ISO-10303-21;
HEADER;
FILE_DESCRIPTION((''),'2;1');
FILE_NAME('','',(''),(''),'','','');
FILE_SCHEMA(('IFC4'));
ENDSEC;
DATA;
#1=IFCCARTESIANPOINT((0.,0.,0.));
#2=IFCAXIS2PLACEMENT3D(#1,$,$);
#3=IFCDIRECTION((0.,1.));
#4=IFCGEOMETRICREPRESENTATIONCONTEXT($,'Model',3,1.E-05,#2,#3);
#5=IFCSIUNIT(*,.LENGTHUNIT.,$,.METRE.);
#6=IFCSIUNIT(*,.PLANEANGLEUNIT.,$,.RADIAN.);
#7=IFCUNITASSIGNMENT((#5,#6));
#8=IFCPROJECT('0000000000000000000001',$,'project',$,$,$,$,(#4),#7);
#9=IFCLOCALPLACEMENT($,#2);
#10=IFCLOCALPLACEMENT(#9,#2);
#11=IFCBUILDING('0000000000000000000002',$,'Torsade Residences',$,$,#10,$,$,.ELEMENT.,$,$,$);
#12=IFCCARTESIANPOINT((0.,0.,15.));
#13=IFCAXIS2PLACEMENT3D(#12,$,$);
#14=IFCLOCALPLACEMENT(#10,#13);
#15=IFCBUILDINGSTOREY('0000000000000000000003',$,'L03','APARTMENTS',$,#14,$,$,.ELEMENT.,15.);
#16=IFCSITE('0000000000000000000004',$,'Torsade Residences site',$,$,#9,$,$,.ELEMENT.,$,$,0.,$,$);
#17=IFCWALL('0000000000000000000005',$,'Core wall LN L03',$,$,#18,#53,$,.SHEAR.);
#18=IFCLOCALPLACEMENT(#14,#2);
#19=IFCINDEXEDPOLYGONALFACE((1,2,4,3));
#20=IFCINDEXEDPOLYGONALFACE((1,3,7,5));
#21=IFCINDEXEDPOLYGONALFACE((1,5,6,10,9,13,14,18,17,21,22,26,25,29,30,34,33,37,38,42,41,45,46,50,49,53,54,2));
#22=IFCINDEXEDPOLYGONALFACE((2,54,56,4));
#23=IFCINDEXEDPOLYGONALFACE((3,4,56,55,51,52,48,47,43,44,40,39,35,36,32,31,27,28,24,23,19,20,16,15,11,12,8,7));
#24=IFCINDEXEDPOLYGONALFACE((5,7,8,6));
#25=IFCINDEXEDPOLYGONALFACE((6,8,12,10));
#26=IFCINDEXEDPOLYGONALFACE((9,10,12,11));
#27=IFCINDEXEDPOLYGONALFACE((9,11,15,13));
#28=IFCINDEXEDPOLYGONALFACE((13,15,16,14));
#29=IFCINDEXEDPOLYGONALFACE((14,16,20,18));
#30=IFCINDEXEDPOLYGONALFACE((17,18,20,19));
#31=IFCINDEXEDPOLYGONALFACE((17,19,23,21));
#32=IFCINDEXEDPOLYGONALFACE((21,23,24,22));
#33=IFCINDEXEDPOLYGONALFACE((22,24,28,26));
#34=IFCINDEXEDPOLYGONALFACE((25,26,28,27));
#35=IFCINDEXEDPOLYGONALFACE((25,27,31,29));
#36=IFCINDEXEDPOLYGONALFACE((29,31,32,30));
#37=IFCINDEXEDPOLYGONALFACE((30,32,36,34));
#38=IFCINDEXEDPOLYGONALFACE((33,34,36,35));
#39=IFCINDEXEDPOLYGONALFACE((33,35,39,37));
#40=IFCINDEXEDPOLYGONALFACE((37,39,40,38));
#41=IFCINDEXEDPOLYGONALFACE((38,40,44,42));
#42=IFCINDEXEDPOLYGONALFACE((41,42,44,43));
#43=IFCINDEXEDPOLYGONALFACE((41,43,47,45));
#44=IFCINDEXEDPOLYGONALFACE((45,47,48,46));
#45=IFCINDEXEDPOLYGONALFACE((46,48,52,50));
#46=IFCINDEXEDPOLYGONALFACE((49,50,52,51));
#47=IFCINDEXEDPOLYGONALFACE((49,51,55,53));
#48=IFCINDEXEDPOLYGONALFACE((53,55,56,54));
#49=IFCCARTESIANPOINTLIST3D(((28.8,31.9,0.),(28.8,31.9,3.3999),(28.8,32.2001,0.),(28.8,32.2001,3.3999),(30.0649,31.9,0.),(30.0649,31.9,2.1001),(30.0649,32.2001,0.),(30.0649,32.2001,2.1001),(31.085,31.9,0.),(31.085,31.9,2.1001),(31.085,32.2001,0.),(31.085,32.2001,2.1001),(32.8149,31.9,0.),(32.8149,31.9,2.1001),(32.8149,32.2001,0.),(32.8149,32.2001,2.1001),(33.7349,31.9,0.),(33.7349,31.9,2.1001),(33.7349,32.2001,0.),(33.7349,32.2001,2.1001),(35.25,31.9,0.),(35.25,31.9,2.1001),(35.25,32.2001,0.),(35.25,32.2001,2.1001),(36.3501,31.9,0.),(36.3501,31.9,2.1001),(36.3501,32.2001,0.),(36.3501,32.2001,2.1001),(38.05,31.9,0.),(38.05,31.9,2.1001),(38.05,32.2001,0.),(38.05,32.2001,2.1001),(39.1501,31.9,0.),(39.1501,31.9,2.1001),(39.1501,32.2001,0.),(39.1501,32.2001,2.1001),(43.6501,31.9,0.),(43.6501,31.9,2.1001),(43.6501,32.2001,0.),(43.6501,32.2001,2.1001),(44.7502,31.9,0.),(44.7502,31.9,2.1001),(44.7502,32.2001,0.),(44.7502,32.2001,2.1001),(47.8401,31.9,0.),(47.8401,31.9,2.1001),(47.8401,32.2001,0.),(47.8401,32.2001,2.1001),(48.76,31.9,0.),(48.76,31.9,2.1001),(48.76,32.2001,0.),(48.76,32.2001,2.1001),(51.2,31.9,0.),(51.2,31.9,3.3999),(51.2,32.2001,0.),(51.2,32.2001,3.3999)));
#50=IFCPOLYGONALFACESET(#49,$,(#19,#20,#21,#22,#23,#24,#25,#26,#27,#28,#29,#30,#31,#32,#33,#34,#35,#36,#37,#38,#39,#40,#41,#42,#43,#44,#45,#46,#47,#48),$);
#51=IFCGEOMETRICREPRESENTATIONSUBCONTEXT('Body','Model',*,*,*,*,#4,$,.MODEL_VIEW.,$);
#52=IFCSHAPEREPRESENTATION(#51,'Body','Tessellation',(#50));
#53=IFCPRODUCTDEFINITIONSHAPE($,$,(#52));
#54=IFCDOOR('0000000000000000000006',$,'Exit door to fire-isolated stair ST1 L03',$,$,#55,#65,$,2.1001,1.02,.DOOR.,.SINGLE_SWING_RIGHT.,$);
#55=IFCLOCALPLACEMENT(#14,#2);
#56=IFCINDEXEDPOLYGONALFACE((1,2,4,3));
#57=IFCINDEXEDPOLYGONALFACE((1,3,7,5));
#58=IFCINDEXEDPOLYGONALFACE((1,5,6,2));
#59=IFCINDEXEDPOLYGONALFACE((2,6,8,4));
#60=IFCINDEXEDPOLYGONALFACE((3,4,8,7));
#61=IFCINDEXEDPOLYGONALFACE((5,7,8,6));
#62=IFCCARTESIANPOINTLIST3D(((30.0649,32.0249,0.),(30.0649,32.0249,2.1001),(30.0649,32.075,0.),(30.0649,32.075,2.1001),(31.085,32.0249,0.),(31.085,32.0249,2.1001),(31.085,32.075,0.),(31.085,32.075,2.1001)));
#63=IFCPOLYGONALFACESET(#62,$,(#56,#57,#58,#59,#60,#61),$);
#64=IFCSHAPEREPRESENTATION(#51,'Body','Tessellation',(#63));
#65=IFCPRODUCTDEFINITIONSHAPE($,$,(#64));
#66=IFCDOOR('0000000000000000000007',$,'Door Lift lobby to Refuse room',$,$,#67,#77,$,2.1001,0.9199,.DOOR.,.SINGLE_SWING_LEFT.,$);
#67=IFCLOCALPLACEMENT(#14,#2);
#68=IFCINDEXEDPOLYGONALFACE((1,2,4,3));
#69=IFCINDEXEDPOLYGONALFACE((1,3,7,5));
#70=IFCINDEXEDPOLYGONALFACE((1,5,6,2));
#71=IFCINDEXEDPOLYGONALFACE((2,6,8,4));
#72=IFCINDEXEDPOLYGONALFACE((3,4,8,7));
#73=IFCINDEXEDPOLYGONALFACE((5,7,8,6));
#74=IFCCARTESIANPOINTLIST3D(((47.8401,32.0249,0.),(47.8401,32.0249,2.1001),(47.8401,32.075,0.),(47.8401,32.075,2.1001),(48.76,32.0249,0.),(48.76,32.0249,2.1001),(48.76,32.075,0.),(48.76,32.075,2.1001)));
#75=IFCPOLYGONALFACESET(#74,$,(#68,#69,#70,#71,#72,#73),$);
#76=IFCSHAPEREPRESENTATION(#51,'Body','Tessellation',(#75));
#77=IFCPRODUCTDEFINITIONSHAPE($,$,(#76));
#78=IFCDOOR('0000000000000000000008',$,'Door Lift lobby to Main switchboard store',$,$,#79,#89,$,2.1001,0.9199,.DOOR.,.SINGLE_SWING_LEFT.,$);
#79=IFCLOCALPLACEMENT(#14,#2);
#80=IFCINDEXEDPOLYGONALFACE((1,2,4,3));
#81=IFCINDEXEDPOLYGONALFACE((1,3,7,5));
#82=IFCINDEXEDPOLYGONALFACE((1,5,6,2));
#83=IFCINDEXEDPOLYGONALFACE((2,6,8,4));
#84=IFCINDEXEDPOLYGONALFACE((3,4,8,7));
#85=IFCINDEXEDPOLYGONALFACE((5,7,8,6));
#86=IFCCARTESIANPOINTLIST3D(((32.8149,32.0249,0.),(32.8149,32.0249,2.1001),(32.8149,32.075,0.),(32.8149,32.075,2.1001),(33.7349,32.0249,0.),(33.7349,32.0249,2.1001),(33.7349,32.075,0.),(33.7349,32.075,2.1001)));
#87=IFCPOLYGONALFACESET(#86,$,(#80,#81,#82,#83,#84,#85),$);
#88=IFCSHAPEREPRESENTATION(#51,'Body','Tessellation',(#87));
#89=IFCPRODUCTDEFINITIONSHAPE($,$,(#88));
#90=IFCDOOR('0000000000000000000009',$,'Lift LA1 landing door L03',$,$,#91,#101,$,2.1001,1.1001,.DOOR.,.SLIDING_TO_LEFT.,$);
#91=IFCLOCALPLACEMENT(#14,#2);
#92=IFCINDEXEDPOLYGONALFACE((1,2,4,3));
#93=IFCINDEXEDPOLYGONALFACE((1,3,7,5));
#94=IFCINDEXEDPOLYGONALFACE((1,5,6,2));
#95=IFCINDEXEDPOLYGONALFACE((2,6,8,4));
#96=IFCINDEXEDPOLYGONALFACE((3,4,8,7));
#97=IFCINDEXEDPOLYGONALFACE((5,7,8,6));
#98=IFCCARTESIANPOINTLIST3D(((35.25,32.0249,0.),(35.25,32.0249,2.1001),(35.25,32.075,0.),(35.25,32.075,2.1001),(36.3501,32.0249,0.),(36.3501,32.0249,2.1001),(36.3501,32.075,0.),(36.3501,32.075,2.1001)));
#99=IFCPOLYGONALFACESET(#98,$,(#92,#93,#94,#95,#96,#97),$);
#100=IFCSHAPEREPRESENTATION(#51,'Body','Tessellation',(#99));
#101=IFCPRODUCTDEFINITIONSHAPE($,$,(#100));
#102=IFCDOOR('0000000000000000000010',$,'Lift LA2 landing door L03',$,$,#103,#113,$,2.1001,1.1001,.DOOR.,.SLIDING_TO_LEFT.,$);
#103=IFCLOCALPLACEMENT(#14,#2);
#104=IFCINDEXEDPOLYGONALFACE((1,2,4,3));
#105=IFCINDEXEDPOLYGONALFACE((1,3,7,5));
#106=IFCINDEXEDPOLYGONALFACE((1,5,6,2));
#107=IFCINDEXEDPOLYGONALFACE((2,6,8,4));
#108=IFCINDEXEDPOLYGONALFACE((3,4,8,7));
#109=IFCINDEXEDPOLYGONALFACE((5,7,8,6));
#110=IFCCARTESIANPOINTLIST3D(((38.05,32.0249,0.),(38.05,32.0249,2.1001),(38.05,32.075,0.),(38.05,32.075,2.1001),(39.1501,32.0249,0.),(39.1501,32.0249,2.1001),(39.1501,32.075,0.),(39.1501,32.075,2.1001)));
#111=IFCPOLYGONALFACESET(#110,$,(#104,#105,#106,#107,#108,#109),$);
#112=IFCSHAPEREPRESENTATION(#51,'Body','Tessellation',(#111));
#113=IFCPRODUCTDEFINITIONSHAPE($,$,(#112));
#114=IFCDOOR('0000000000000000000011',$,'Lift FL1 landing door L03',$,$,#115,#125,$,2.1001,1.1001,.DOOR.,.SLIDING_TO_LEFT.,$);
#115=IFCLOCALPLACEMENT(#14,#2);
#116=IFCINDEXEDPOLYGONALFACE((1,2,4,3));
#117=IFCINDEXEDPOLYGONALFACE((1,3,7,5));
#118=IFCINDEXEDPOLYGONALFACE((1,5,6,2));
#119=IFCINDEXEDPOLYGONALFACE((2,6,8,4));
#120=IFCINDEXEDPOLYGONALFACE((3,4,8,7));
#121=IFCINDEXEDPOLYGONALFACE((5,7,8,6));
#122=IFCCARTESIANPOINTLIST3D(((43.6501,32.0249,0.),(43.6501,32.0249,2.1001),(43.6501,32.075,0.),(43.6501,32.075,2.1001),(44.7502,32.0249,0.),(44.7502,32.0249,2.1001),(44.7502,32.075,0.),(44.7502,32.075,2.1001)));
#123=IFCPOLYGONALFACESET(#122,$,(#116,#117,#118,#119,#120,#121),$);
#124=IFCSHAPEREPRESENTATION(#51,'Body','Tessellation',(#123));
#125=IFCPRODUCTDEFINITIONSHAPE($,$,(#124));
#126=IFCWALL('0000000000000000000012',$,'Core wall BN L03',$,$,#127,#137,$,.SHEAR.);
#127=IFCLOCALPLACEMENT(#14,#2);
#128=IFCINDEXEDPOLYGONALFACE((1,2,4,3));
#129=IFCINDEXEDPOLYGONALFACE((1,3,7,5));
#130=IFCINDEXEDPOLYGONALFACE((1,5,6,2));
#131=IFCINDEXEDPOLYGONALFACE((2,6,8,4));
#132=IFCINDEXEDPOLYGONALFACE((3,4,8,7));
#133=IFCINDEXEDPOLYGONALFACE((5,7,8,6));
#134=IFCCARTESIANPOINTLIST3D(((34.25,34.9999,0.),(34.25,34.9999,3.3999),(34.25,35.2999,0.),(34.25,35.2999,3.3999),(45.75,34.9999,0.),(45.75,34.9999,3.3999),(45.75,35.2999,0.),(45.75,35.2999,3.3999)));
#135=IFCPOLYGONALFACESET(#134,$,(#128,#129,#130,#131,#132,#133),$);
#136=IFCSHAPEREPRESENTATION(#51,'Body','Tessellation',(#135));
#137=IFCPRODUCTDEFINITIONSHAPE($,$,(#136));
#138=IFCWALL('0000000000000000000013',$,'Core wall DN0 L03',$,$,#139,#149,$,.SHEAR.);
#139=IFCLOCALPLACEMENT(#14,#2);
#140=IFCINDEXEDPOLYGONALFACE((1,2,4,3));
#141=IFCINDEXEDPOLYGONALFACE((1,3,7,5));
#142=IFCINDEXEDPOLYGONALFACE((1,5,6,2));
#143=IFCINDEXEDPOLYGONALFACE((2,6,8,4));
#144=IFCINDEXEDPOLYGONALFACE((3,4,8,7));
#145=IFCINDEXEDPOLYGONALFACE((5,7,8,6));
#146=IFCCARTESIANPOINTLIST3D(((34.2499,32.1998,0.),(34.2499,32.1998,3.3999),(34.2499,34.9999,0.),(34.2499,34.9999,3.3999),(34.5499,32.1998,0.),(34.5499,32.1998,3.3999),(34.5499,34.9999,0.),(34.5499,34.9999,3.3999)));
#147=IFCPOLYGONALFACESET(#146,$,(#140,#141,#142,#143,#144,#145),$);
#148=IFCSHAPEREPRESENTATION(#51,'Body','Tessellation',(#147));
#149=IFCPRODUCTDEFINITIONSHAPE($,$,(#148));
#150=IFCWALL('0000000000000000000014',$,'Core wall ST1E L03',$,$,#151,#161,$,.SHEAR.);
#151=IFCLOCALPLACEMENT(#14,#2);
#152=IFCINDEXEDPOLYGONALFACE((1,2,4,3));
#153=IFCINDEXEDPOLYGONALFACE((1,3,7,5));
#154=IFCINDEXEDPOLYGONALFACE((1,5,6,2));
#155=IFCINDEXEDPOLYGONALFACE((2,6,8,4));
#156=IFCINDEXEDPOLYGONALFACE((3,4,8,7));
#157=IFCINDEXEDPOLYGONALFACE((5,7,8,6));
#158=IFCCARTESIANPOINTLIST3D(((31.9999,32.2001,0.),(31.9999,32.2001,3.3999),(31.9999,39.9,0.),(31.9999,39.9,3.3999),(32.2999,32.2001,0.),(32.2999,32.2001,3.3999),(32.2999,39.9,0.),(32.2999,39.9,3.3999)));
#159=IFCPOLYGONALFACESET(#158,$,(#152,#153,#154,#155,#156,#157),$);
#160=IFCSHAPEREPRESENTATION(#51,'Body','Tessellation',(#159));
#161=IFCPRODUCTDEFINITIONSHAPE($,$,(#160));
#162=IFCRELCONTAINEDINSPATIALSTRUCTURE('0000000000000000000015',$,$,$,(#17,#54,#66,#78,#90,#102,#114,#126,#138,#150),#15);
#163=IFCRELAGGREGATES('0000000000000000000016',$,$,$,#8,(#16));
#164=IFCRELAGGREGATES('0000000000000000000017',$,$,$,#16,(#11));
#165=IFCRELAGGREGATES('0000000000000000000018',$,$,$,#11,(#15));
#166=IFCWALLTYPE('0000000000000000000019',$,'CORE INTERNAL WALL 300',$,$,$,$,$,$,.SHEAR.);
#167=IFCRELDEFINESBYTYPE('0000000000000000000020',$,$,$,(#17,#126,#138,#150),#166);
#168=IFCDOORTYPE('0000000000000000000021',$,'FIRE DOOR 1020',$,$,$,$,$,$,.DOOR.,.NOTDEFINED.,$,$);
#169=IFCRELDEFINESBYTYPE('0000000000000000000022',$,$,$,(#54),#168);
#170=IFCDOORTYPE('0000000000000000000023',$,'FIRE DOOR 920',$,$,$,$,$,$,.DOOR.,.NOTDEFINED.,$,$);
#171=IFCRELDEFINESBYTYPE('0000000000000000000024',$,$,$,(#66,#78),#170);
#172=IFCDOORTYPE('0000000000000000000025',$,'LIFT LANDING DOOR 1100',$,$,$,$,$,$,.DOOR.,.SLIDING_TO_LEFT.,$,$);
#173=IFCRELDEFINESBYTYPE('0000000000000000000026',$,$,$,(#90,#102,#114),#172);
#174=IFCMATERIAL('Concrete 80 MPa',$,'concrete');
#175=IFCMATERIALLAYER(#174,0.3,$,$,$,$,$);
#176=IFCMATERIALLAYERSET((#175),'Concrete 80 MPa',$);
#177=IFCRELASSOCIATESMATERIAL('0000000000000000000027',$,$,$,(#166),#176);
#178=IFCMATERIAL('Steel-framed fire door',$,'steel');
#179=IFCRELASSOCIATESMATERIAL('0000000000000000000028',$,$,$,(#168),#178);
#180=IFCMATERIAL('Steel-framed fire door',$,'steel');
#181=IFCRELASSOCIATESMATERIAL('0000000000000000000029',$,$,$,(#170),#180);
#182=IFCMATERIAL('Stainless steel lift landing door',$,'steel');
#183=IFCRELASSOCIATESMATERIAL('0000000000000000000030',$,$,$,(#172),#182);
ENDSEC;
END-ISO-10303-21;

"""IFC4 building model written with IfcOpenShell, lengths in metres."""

from ifc_helpers import new_model, si_unit, direction, frame, frame_2d, origin, place, context, subcontext, project, spatial, rectangle, extrude, material, layer, layer_set, type_object, element, fill, save


model = new_model("IFC4")

# Units and contexts
model_context = context("Model", 3, precision=1e-05, world=origin(), true_north=direction((0.0, 1.0)))
body_context = subcontext(model_context, "Body", "Model", "MODEL_VIEW")
ifc_project = project(units=[si_unit("LENGTHUNIT", "METRE"), si_unit("PLANEANGLEUNIT", "RADIAN")], contexts=[model_context])

# Site, building, storey
site_placement = place(None, origin())
site = spatial("IfcSite", under=ifc_project, at=site_placement, Name="Torsade Residences site", CompositionType="ELEMENT", RefElevation=0.0)
building_placement = place(site_placement, origin())
building = spatial("IfcBuilding", under=site, at=building_placement, Name="Torsade Residences", CompositionType="ELEMENT")
storey_placement = place(building_placement, frame((0.0, 0.0, 15.0)))
storey = spatial("IfcBuildingStorey", under=building, at=storey_placement, Name="L03", Description="APARTMENTS", CompositionType="ELEMENT", Elevation=15.0)

# Wall, openings, doors
ifc_material_1 = material(Name="Concrete 80 MPa", Category="concrete")
ifc_layer_1 = layer(ifc_material_1, 0.3)
ifc_layer_set_1 = layer_set([ifc_layer_1], Name="Concrete 80 MPa")
wall_type_1 = type_object("IfcWallType", Name="CORE INTERNAL WALL 300", PredefinedType="SHEAR", material=ifc_layer_set_1)
wall_1_placement = place(storey_placement, frame((28.8, 32.05, 0.0), z_axis=(0.0, 0.0, 1.0), x_axis=(1.0, 0.0, 0.0)))
wall_1 = element("IfcWall", 1, at=wall_1_placement, inside=storey, type_object=wall_type_1, Name="Core wall LN L03", PredefinedType="SHEAR", context=body_context, shape_type="SweptSolid", body=[
    extrude(rectangle(XDim=22.3999, YDim=0.3, at=frame_2d((11.2, 0.0))), origin(), (0.0, 0.0, 1.0), 3.3999),
])
opening_1_placement = place(wall_1_placement, frame((19.04, 0.0, 0.0)))
opening_1 = element("IfcOpeningElement", 2, at=opening_1_placement, cuts=wall_1, PredefinedType="OPENING", context=body_context, shape_type="SweptSolid", body=[
    extrude(rectangle(XDim=0.9199, YDim=2.1001, at=frame_2d((0.46, 1.05))), frame((0.0, 0.1599, 0.0), z_axis=(0.0, -1.0, 0.0), x_axis=(1.0, 0.0, 0.0)), (0.0, 0.0, 1.0), 0.3201),
])
opening_2_placement = place(wall_1_placement, frame((1.2649, 0.0, 0.0)))
opening_2 = element("IfcOpeningElement", 3, at=opening_2_placement, cuts=wall_1, PredefinedType="OPENING", context=body_context, shape_type="SweptSolid", body=[
    extrude(rectangle(XDim=1.02, YDim=2.1001, at=frame_2d((0.51, 1.05))), frame((0.0, 0.1599, 0.0), z_axis=(0.0, -1.0, 0.0), x_axis=(1.0, 0.0, 0.0)), (0.0, 0.0, 1.0), 0.3201),
])
opening_3_placement = place(wall_1_placement, frame((4.0149, 0.0, 0.0)))
opening_3 = element("IfcOpeningElement", 4, at=opening_3_placement, cuts=wall_1, PredefinedType="OPENING", context=body_context, shape_type="SweptSolid", body=[
    extrude(rectangle(XDim=0.9199, YDim=2.1001, at=frame_2d((0.46, 1.05))), frame((0.0, 0.1599, 0.0), z_axis=(0.0, -1.0, 0.0), x_axis=(1.0, 0.0, 0.0)), (0.0, 0.0, 1.0), 0.3201),
])
opening_4_placement = place(wall_1_placement, frame((6.45, 0.0, 0.0)))
opening_4 = element("IfcOpeningElement", 5, at=opening_4_placement, cuts=wall_1, PredefinedType="OPENING", context=body_context, shape_type="SweptSolid", body=[
    extrude(rectangle(XDim=1.1001, YDim=2.1001, at=frame_2d((0.55, 1.05))), frame((0.0, 0.1599, 0.0), z_axis=(0.0, -1.0, 0.0), x_axis=(1.0, 0.0, 0.0)), (0.0, 0.0, 1.0), 0.3201),
])
opening_5_placement = place(wall_1_placement, frame((9.25, 0.0, 0.0)))
opening_5 = element("IfcOpeningElement", 6, at=opening_5_placement, cuts=wall_1, PredefinedType="OPENING", context=body_context, shape_type="SweptSolid", body=[
    extrude(rectangle(XDim=1.1001, YDim=2.1001, at=frame_2d((0.55, 1.05))), frame((0.0, 0.1599, 0.0), z_axis=(0.0, -1.0, 0.0), x_axis=(1.0, 0.0, 0.0)), (0.0, 0.0, 1.0), 0.3201),
])
opening_6_placement = place(wall_1_placement, frame((14.8501, 0.0, 0.0)))
opening_6 = element("IfcOpeningElement", 7, at=opening_6_placement, cuts=wall_1, PredefinedType="OPENING", context=body_context, shape_type="SweptSolid", body=[
    extrude(rectangle(XDim=1.1001, YDim=2.1001, at=frame_2d((0.55, 1.05))), frame((0.0, 0.1599, 0.0), z_axis=(0.0, -1.0, 0.0), x_axis=(1.0, 0.0, 0.0)), (0.0, 0.0, 1.0), 0.3201),
])
ifc_material_2 = material(Name="Steel-framed fire door", Category="steel")
door_type_1 = type_object("IfcDoorType", Name="FIRE DOOR 1020", OperationType="NOTDEFINED", PredefinedType="DOOR", material=ifc_material_2)
door_1_placement = place(opening_2_placement, origin())
door_1 = element("IfcDoor", 8, at=door_1_placement, inside=storey, type_object=door_type_1, Name="Exit door to fire-isolated stair ST1 L03", OperationType="SINGLE_SWING_RIGHT", OverallHeight=2.1001, OverallWidth=1.02, PredefinedType="DOOR", context=body_context, shape_type="SweptSolid", body=[
    extrude(rectangle(XDim=1.02, YDim=2.1001, at=frame_2d((0.51, 1.05))), frame((0.0, 0.0249, 0.0), z_axis=(0.0, -1.0, 0.0), x_axis=(1.0, 0.0, 0.0)), (0.0, 0.0, 1.0), 0.05),
])
fill(opening_2, door_1)
ifc_material_3 = material(Name="Steel-framed fire door", Category="steel")
door_type_2 = type_object("IfcDoorType", Name="FIRE DOOR 920", OperationType="NOTDEFINED", PredefinedType="DOOR", material=ifc_material_3)
door_2_placement = place(opening_1_placement, origin())
door_2 = element("IfcDoor", 9, at=door_2_placement, inside=storey, type_object=door_type_2, Name="Door Lift lobby to Refuse room", OperationType="SINGLE_SWING_LEFT", OverallHeight=2.1001, OverallWidth=0.9199, PredefinedType="DOOR", context=body_context, shape_type="SweptSolid", body=[
    extrude(rectangle(XDim=0.9199, YDim=2.1001, at=frame_2d((0.46, 1.05))), frame((0.0, 0.0249, 0.0), z_axis=(0.0, -1.0, 0.0), x_axis=(1.0, 0.0, 0.0)), (0.0, 0.0, 1.0), 0.05),
])
fill(opening_1, door_2)
door_3_placement = place(opening_3_placement, origin())
door_3 = element("IfcDoor", 10, at=door_3_placement, inside=storey, type_object=door_type_2, Name="Door Lift lobby to Main switchboard store", OperationType="SINGLE_SWING_LEFT", OverallHeight=2.1001, OverallWidth=0.9199, PredefinedType="DOOR", context=body_context, shape_type="SweptSolid", body=[
    extrude(rectangle(XDim=0.9199, YDim=2.1001, at=frame_2d((0.46, 1.05))), frame((0.0, 0.0249, 0.0), z_axis=(0.0, -1.0, 0.0), x_axis=(1.0, 0.0, 0.0)), (0.0, 0.0, 1.0), 0.05),
])
fill(opening_3, door_3)
ifc_material_4 = material(Name="Stainless steel lift landing door", Category="steel")
door_type_3 = type_object("IfcDoorType", Name="LIFT LANDING DOOR 1100", OperationType="SLIDING_TO_LEFT", PredefinedType="DOOR", material=ifc_material_4)
door_4_placement = place(opening_4_placement, origin())
door_4 = element("IfcDoor", 11, at=door_4_placement, inside=storey, type_object=door_type_3, Name="Lift LA1 landing door L03", OperationType="SLIDING_TO_LEFT", OverallHeight=2.1001, OverallWidth=1.1001, PredefinedType="DOOR", context=body_context, shape_type="SweptSolid", body=[
    extrude(rectangle(XDim=1.1001, YDim=2.1001, at=frame_2d((0.55, 1.05))), frame((0.0, 0.0249, 0.0), z_axis=(0.0, -1.0, 0.0), x_axis=(1.0, 0.0, 0.0)), (0.0, 0.0, 1.0), 0.05),
])
fill(opening_4, door_4)
door_5_placement = place(opening_5_placement, origin())
door_5 = element("IfcDoor", 12, at=door_5_placement, inside=storey, type_object=door_type_3, Name="Lift LA2 landing door L03", OperationType="SLIDING_TO_LEFT", OverallHeight=2.1001, OverallWidth=1.1001, PredefinedType="DOOR", context=body_context, shape_type="SweptSolid", body=[
    extrude(rectangle(XDim=1.1001, YDim=2.1001, at=frame_2d((0.55, 1.05))), frame((0.0, 0.0249, 0.0), z_axis=(0.0, -1.0, 0.0), x_axis=(1.0, 0.0, 0.0)), (0.0, 0.0, 1.0), 0.05),
])
fill(opening_5, door_5)
door_6_placement = place(opening_6_placement, origin())
door_6 = element("IfcDoor", 13, at=door_6_placement, inside=storey, type_object=door_type_3, Name="Lift FL1 landing door L03", OperationType="SLIDING_TO_LEFT", OverallHeight=2.1001, OverallWidth=1.1001, PredefinedType="DOOR", context=body_context, shape_type="SweptSolid", body=[
    extrude(rectangle(XDim=1.1001, YDim=2.1001, at=frame_2d((0.55, 1.05))), frame((0.0, 0.0249, 0.0), z_axis=(0.0, -1.0, 0.0), x_axis=(1.0, 0.0, 0.0)), (0.0, 0.0, 1.0), 0.05),
])
fill(opening_6, door_6)

# Walls
wall_2_placement = place(storey_placement, frame((34.25, 35.1499, 0.0), z_axis=(0.0, 0.0, 1.0), x_axis=(1.0, 0.0, 0.0)))
element("IfcWall", 14, at=wall_2_placement, inside=storey, type_object=wall_type_1, Name="Core wall BN L03", PredefinedType="SHEAR", context=body_context, shape_type="SweptSolid", body=[
    extrude(rectangle(XDim=11.5, YDim=0.3, at=frame_2d((5.75, 0.0))), origin(), (0.0, 0.0, 1.0), 3.3999),
])
wall_3_placement = place(storey_placement, frame((34.3999, 32.2, 0.0), z_axis=(0.0, 0.0, 1.0), x_axis=(0.0, 1.0, 0.0)))
element("IfcWall", 15, at=wall_3_placement, inside=storey, type_object=wall_type_1, Name="Core wall DN0 L03", PredefinedType="SHEAR", context=body_context, shape_type="SweptSolid", body=[
    extrude(rectangle(XDim=2.8, YDim=0.3, at=frame_2d((1.3999, 0.0))), origin(), (0.0, 0.0, 1.0), 3.3999),
])
wall_4_placement = place(storey_placement, frame((32.1499, 32.2, 0.0), z_axis=(0.0, 0.0, 1.0), x_axis=(0.0, 1.0, 0.0)))
element("IfcWall", 16, at=wall_4_placement, inside=storey, type_object=wall_type_1, Name="Core wall ST1E L03", PredefinedType="SHEAR", context=body_context, shape_type="SweptSolid", body=[
    extrude(rectangle(XDim=7.7, YDim=0.3, at=frame_2d((3.8501, 0.0))), origin(), (0.0, 0.0, 1.0), 3.3999),
])

save(model, "model.ifc")
